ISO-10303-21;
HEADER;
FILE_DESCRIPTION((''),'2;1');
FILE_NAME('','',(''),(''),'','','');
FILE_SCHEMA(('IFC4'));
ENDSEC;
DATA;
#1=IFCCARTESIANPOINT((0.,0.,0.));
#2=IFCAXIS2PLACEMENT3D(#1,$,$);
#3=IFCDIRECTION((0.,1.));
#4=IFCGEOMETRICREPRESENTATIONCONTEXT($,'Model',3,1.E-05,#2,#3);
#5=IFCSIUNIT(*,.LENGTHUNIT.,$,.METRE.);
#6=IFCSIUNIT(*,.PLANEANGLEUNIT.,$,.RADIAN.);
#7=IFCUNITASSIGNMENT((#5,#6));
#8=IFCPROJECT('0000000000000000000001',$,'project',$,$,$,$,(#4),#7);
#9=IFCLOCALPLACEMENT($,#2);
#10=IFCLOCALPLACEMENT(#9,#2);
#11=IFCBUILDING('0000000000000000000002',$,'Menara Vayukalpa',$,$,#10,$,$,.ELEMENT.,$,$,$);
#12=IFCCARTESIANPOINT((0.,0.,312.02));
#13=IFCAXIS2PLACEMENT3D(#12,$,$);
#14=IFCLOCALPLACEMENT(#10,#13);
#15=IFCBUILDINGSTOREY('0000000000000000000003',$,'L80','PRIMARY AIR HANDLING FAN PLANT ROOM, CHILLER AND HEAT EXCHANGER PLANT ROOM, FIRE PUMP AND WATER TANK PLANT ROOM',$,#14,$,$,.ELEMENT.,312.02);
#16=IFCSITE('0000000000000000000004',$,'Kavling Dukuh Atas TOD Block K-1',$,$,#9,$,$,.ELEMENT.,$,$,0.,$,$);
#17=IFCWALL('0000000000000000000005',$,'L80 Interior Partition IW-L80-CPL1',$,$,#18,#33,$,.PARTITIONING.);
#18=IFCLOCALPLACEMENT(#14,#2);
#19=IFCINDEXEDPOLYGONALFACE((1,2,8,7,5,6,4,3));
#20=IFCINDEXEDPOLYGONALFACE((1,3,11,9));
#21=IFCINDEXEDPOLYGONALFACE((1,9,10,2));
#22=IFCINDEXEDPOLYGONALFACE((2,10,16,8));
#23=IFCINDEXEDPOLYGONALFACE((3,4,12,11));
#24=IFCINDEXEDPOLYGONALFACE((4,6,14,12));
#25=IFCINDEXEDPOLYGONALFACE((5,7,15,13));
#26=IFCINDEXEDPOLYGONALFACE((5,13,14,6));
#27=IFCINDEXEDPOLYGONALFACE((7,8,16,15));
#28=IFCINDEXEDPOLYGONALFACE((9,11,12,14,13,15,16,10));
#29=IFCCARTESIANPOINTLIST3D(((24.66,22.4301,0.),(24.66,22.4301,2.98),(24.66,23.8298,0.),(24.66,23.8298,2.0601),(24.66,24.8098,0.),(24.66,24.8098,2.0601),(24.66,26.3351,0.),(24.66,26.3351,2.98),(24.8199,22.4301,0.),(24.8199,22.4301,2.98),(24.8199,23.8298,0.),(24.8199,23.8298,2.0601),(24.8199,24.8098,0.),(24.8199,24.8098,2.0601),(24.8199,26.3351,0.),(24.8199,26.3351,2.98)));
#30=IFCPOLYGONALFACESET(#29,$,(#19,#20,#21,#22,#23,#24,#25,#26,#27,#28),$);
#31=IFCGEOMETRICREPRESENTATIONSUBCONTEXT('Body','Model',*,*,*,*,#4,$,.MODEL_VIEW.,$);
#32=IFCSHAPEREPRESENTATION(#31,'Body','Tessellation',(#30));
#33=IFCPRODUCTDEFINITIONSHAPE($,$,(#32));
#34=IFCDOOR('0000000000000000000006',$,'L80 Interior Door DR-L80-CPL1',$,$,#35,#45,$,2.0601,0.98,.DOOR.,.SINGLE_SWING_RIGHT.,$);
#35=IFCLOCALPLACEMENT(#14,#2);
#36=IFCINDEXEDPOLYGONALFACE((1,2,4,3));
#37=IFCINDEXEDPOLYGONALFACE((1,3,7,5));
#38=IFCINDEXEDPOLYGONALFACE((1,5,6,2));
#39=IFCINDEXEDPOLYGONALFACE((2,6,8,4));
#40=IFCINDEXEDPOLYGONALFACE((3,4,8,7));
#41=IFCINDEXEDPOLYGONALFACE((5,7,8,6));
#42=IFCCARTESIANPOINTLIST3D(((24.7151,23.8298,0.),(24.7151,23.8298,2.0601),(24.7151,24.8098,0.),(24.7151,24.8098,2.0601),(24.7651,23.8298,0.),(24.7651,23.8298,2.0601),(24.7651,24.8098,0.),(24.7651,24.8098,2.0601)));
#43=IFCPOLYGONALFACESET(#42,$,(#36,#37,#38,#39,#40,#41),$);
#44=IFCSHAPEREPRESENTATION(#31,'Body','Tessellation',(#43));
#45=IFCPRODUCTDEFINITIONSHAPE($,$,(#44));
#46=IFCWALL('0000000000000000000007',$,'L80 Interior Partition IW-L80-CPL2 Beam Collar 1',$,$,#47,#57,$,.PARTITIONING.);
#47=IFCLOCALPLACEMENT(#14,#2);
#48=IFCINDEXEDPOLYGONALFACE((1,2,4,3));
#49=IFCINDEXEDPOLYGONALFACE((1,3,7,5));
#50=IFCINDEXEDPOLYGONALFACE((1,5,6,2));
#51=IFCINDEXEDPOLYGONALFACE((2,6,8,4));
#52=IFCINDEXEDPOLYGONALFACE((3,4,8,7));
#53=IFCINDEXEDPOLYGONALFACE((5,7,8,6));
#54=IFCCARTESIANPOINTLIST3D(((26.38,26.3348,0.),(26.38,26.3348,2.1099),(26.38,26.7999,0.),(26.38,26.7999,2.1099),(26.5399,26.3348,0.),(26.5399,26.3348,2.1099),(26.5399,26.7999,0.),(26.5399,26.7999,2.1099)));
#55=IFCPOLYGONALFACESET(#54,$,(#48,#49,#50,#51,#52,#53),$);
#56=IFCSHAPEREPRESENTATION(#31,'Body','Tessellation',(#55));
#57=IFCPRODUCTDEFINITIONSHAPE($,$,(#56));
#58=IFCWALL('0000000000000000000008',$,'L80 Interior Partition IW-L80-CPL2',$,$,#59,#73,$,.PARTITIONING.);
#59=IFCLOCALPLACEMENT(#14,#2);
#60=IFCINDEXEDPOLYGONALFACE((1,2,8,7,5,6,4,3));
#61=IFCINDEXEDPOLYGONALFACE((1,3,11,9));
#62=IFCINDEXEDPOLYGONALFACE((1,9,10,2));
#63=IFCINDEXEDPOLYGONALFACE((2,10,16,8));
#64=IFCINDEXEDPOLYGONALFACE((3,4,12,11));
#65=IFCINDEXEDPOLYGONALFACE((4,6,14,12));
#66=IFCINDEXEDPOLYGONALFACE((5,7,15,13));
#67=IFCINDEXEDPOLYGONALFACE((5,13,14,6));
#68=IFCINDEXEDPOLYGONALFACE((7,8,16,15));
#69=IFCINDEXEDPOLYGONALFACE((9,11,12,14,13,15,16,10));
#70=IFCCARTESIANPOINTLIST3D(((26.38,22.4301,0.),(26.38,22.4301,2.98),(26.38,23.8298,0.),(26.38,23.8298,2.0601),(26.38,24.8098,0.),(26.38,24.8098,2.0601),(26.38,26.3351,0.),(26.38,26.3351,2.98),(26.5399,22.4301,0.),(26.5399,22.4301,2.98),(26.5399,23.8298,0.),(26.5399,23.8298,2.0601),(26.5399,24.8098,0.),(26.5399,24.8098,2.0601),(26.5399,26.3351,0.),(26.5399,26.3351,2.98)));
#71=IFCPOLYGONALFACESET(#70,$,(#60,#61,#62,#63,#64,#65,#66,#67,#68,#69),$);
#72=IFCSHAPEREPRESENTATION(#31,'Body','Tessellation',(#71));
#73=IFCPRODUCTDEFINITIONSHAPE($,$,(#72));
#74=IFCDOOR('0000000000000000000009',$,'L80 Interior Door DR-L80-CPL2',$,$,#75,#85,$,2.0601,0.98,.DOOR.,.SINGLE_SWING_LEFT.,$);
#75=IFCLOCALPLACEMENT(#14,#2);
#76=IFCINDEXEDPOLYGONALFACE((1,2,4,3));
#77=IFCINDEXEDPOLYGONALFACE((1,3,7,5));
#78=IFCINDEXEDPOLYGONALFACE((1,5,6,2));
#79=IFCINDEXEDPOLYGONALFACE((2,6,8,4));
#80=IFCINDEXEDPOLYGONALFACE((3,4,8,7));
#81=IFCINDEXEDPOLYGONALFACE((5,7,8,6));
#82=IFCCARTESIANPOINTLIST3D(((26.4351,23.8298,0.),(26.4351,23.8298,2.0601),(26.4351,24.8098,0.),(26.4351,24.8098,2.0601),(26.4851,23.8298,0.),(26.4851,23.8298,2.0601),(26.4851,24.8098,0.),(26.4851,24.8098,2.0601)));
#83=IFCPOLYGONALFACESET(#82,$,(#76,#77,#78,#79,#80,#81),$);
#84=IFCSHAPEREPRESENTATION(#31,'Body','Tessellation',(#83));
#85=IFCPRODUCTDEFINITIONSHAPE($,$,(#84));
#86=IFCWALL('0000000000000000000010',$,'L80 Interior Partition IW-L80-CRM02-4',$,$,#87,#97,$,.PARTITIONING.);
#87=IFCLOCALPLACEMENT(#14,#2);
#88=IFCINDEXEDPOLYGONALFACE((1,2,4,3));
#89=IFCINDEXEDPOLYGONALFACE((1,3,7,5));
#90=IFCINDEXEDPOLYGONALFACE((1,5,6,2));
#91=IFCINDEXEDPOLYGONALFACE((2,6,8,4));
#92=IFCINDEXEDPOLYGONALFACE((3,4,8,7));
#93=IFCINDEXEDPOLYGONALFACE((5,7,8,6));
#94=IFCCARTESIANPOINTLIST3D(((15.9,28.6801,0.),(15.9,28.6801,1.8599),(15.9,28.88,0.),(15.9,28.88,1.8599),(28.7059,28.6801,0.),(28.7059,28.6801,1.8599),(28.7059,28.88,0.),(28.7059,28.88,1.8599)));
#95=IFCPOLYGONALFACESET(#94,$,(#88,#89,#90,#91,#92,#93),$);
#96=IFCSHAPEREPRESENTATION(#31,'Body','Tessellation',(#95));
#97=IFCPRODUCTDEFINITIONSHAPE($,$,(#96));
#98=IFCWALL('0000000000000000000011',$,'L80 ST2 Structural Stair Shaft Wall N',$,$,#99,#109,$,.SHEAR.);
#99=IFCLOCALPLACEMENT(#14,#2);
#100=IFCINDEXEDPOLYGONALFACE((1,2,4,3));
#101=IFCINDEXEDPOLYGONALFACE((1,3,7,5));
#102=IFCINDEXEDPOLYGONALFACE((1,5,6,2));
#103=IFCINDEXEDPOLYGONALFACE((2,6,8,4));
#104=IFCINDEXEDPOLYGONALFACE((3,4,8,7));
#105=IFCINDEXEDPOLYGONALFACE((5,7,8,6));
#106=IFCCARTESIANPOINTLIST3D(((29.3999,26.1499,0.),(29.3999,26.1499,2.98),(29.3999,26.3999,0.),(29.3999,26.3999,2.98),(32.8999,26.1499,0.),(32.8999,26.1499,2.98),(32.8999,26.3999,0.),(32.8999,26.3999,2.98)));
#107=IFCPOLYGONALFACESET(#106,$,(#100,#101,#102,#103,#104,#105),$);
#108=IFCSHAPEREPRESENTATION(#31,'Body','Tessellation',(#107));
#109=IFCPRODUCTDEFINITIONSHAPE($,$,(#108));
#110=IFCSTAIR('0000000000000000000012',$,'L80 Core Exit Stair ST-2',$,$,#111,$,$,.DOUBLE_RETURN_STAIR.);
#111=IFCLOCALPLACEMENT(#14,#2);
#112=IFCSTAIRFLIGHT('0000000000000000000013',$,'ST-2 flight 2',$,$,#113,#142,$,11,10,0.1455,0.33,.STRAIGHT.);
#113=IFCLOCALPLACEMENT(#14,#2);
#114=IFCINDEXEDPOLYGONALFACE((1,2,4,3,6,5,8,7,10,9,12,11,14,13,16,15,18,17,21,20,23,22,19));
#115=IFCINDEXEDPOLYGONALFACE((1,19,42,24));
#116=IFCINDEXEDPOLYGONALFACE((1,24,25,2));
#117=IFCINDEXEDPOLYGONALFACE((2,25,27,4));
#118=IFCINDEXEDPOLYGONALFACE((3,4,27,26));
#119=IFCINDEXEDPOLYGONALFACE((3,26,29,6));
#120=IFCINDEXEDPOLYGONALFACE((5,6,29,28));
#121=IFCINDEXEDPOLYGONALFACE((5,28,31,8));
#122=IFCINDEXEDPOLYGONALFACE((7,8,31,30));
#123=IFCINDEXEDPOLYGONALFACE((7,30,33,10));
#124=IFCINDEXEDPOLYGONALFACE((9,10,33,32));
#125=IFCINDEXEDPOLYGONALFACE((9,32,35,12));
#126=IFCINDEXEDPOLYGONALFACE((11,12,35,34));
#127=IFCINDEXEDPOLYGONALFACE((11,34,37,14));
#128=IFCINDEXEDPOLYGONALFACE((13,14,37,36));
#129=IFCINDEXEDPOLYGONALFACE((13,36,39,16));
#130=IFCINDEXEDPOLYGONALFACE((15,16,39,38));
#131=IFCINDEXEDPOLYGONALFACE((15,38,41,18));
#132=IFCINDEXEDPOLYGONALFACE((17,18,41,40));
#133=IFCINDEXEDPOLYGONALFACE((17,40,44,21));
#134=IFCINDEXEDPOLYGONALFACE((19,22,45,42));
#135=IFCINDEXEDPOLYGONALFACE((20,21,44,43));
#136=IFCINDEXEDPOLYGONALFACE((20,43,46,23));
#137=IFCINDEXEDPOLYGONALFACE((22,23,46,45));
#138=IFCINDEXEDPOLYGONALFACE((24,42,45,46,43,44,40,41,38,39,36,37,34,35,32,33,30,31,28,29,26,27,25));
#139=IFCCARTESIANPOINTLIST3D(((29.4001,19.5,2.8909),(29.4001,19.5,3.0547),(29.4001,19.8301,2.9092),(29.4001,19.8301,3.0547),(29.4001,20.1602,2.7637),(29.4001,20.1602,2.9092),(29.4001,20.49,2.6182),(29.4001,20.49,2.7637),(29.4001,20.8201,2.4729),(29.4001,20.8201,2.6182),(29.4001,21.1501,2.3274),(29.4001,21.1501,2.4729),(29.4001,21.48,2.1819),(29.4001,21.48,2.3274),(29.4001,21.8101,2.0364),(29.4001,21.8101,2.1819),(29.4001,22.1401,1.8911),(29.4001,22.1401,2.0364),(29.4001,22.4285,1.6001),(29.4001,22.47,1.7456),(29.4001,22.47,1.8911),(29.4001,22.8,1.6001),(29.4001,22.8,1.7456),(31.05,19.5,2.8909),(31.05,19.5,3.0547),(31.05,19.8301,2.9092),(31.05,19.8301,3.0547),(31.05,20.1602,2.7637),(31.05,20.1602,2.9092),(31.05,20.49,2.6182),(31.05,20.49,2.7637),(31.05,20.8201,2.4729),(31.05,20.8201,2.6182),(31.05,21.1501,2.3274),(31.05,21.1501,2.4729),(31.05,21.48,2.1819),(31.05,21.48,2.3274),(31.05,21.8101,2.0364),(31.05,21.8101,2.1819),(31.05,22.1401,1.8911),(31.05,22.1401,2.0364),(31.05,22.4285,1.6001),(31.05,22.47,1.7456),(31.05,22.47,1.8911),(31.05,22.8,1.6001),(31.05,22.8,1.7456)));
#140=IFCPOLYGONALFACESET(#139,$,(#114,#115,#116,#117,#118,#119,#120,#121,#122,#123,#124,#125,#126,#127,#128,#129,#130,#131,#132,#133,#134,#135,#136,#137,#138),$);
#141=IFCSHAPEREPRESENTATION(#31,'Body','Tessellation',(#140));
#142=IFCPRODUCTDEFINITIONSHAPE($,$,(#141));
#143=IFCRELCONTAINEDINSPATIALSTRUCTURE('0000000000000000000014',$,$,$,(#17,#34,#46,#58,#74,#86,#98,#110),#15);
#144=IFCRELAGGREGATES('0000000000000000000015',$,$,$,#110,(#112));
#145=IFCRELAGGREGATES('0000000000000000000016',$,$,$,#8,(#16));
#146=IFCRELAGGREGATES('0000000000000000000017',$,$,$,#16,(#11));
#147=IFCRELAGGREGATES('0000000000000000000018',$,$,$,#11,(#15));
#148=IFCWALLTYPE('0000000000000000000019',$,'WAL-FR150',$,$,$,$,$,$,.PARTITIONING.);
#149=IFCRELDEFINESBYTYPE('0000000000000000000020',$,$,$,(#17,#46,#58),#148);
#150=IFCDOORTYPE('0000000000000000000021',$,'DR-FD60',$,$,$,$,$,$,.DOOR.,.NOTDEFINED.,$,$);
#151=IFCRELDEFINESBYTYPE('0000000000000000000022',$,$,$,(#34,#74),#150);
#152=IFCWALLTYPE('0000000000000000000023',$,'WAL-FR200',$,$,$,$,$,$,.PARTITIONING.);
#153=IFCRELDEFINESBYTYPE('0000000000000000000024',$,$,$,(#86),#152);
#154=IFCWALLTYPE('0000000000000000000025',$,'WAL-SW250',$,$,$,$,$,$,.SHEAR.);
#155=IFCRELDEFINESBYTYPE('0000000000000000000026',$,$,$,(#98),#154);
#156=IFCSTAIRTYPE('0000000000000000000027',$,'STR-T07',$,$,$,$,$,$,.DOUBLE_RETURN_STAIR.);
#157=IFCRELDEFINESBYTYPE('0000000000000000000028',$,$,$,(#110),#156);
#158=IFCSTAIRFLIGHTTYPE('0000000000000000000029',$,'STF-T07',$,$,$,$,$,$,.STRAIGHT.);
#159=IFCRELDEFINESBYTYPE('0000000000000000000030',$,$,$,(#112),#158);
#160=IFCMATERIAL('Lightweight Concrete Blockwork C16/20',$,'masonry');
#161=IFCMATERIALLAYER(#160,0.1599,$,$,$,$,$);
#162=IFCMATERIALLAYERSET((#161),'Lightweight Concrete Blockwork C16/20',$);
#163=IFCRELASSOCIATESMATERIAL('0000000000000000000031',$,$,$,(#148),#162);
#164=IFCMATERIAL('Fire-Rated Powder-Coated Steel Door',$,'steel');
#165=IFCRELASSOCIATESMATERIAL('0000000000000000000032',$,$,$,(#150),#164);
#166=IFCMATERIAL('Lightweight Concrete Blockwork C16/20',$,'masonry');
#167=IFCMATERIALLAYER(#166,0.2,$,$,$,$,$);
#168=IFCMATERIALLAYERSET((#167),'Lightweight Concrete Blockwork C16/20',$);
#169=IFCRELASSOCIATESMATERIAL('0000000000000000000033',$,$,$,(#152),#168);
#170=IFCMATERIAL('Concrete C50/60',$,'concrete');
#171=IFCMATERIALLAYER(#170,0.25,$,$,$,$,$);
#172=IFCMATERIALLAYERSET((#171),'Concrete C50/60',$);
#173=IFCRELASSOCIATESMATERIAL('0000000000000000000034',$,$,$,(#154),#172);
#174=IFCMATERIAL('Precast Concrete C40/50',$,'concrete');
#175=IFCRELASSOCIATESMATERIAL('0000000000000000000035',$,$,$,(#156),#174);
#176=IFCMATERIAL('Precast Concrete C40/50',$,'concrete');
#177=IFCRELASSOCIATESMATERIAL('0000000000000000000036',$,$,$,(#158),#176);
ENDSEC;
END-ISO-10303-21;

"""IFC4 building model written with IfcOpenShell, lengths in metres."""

from ifc_helpers import new_model, si_unit, direction, frame, frame_2d, origin, place, context, subcontext, project, spatial, polyline, rectangle, outline, extrude, material, layer, layer_set, type_object, element, fill, aggregate, save


model = new_model("IFC4")

# Units and contexts
model_context = context("Model", 3, precision=1e-05, world=origin(), true_north=direction((0.0, 1.0)))
body_context = subcontext(model_context, "Body", "Model", "MODEL_VIEW")
ifc_project = project(units=[si_unit("LENGTHUNIT", "METRE"), si_unit("PLANEANGLEUNIT", "RADIAN")], contexts=[model_context])

# Site, building, storey
site_placement = place(None, origin())
site = spatial("IfcSite", under=ifc_project, at=site_placement, Name="Kavling Dukuh Atas TOD Block K-1", CompositionType="ELEMENT", RefElevation=0.0)
building_placement = place(site_placement, origin())
building = spatial("IfcBuilding", under=site, at=building_placement, Name="Menara Vayukalpa", CompositionType="ELEMENT")
storey_placement = place(building_placement, frame((0.0, 0.0, 312.02)))
storey = spatial("IfcBuildingStorey", under=building, at=storey_placement, Name="L80", Description="PRIMARY AIR HANDLING FAN PLANT ROOM, CHILLER AND HEAT EXCHANGER PLANT ROOM, FIRE PUMP AND WATER TANK PLANT ROOM", CompositionType="ELEMENT", Elevation=312.02)

# Shared definitions
ifc_material_1 = material(Name="Lightweight Concrete Blockwork C16/20", Category="masonry")
ifc_layer_1 = layer(ifc_material_1, 0.1599)
ifc_layer_set_1 = layer_set([ifc_layer_1], Name="Lightweight Concrete Blockwork C16/20")
wall_type_1 = type_object("IfcWallType", Name="WAL-FR150", PredefinedType="PARTITIONING", material=ifc_layer_set_1)

# Wall, opening, door
wall_1_placement = place(storey_placement, frame((24.74, 22.4299, 0.0), z_axis=(0.0, 0.0, 1.0), x_axis=(0.0, 1.0, 0.0)))
wall_1 = element("IfcWall", 1, at=wall_1_placement, inside=storey, type_object=wall_type_1, Name="L80 Interior Partition IW-L80-CPL1", PredefinedType="PARTITIONING", context=body_context, shape_type="SweptSolid", body=[
    extrude(rectangle(XDim=3.905, YDim=0.1599, at=frame_2d((1.9526, 0.0))), origin(), (0.0, 0.0, 1.0), 2.98),
])
opening_1_placement = place(wall_1_placement, frame((1.3999, 0.0, 0.0)))
opening_1 = element("IfcOpeningElement", 2, at=opening_1_placement, cuts=wall_1, PredefinedType="OPENING", context=body_context, shape_type="SweptSolid", body=[
    extrude(rectangle(XDim=0.98, YDim=2.0601, at=frame_2d((0.49, 1.03))), frame((0.0, 0.0898, 0.0), z_axis=(0.0, -1.0, 0.0), x_axis=(1.0, 0.0, 0.0)), (0.0, 0.0, 1.0), 0.1799),
])
ifc_material_2 = material(Name="Fire-Rated Powder-Coated Steel Door", Category="steel")
door_type = type_object("IfcDoorType", Name="DR-FD60", OperationType="NOTDEFINED", PredefinedType="DOOR", material=ifc_material_2)
door_1_placement = place(opening_1_placement, origin())
door_1 = element("IfcDoor", 3, at=door_1_placement, inside=storey, type_object=door_type, Name="L80 Interior Door DR-L80-CPL1", OperationType="SINGLE_SWING_RIGHT", OverallHeight=2.0601, OverallWidth=0.98, PredefinedType="DOOR", context=body_context, shape_type="SweptSolid", body=[
    extrude(rectangle(XDim=0.98, YDim=2.0601, at=frame_2d((0.49, 1.03))), frame((0.0, 0.0249, 0.0), z_axis=(0.0, -1.0, 0.0), x_axis=(1.0, 0.0, 0.0)), (0.0, 0.0, 1.0), 0.05),
])
fill(opening_1, door_1)

# Wall
wall_2_placement = place(storey_placement, frame((26.46, 26.335, 0.0), z_axis=(0.0, 0.0, 1.0), x_axis=(0.0, 1.0, 0.0)))
element("IfcWall", 4, at=wall_2_placement, inside=storey, type_object=wall_type_1, Name="L80 Interior Partition IW-L80-CPL2 Beam Collar 1", PredefinedType="PARTITIONING", context=body_context, shape_type="SweptSolid", body=[
    extrude(rectangle(XDim=0.4651, YDim=0.1599, at=frame_2d((0.2324, 0.0))), origin(), (0.0, 0.0, 1.0), 2.1099),
])

# Wall, opening, door
wall_3_placement = place(storey_placement, frame((26.46, 22.4299, 0.0), z_axis=(0.0, 0.0, 1.0), x_axis=(0.0, 1.0, 0.0)))
wall_3 = element("IfcWall", 5, at=wall_3_placement, inside=storey, type_object=wall_type_1, Name="L80 Interior Partition IW-L80-CPL2", PredefinedType="PARTITIONING", context=body_context, shape_type="SweptSolid", body=[
    extrude(rectangle(XDim=3.905, YDim=0.1599, at=frame_2d((1.9526, 0.0))), origin(), (0.0, 0.0, 1.0), 2.98),
])
opening_2_placement = place(wall_3_placement, frame((1.3999, 0.0, 0.0)))
opening_2 = element("IfcOpeningElement", 6, at=opening_2_placement, cuts=wall_3, PredefinedType="OPENING", context=body_context, shape_type="SweptSolid", body=[
    extrude(rectangle(XDim=0.98, YDim=2.0601, at=frame_2d((0.49, 1.03))), frame((0.0, 0.0898, 0.0), z_axis=(0.0, -1.0, 0.0), x_axis=(1.0, 0.0, 0.0)), (0.0, 0.0, 1.0), 0.1799),
])
door_2_placement = place(opening_2_placement, origin())
door_2 = element("IfcDoor", 7, at=door_2_placement, inside=storey, type_object=door_type, Name="L80 Interior Door DR-L80-CPL2", OperationType="SINGLE_SWING_LEFT", OverallHeight=2.0601, OverallWidth=0.98, PredefinedType="DOOR", context=body_context, shape_type="SweptSolid", body=[
    extrude(rectangle(XDim=0.98, YDim=2.0601, at=frame_2d((0.49, 1.03))), frame((0.0, 0.0249, 0.0), z_axis=(0.0, -1.0, 0.0), x_axis=(1.0, 0.0, 0.0)), (0.0, 0.0, 1.0), 0.05),
])
fill(opening_2, door_2)

# Walls
ifc_material_3 = material(Name="Lightweight Concrete Blockwork C16/20", Category="masonry")
ifc_layer_2 = layer(ifc_material_3, 0.2)
ifc_layer_set_2 = layer_set([ifc_layer_2], Name="Lightweight Concrete Blockwork C16/20")
wall_type_2 = type_object("IfcWallType", Name="WAL-FR200", PredefinedType="PARTITIONING", material=ifc_layer_set_2)
wall_4_placement = place(storey_placement, frame((28.7058, 28.78, 0.0), z_axis=(0.0, 0.0, 1.0), x_axis=(-1.0, 0.0, 0.0)))
element("IfcWall", 8, at=wall_4_placement, inside=storey, type_object=wall_type_2, Name="L80 Interior Partition IW-L80-CRM02-4", PredefinedType="PARTITIONING", context=body_context, shape_type="SweptSolid", body=[
    extrude(rectangle(XDim=12.8059, YDim=0.2, at=frame_2d((6.4028, 0.0))), origin(), (0.0, 0.0, 1.0), 1.8599),
])
ifc_material_4 = material(Name="Concrete C50/60", Category="concrete")
ifc_layer_3 = layer(ifc_material_4, 0.25)
ifc_layer_set_3 = layer_set([ifc_layer_3], Name="Concrete C50/60")
wall_type_3 = type_object("IfcWallType", Name="WAL-SW250", PredefinedType="SHEAR", material=ifc_layer_set_3)
wall_5_placement = place(storey_placement, frame((29.3999, 26.2749, 0.0), z_axis=(0.0, 0.0, 1.0), x_axis=(1.0, 0.0, 0.0)))
element("IfcWall", 9, at=wall_5_placement, inside=storey, type_object=wall_type_3, Name="L80 ST2 Structural Stair Shaft Wall N", PredefinedType="SHEAR", context=body_context, shape_type="SweptSolid", body=[
    extrude(rectangle(XDim=3.5, YDim=0.25, at=frame_2d((1.75, 0.0))), origin(), (0.0, 0.0, 1.0), 2.98),
])

# Stair, stair flight
ifc_material_5 = material(Name="Precast Concrete C40/50", Category="concrete")
stair_type = type_object("IfcStairType", Name="STR-T07", PredefinedType="DOUBLE_RETURN_STAIR", material=ifc_material_5)
stair_placement = place(storey_placement, origin())
stair = element("IfcStair", 10, at=stair_placement, inside=storey, type_object=stair_type, Name="L80 Core Exit Stair ST-2", PredefinedType="DOUBLE_RETURN_STAIR")
ifc_material_6 = material(Name="Precast Concrete C40/50", Category="concrete")
stair_flight_type = type_object("IfcStairFlightType", Name="STF-T07", PredefinedType="STRAIGHT", material=ifc_material_6)
stair_flight_placement = place(storey_placement, frame((30.2251, 22.8, 1.6001), z_axis=(0.0, 0.0, 1.0), x_axis=(0.0, -1.0, 0.0)))
stair_flight = element("IfcStairFlight", 11, at=stair_flight_placement, type_object=stair_flight_type, Name="ST-2 flight 2", NumberOfRisers=11, NumberOfTreads=10, PredefinedType="STRAIGHT", RiserHeight=0.1455, TreadLength=0.33, context=body_context, shape_type="SweptSolid", body=[
    extrude(outline(polyline([(0.0, 0.0), (0.0, 0.1455), (0.3301, 0.1455), (0.3301, 0.291), (0.6599, 0.291), (0.6599, 0.4363), (0.99, 0.4363), (0.99, 0.5818), (1.3201, 0.5818), (1.3201, 0.7273), (1.6499, 0.7273), (1.6499, 0.8728), (1.98, 0.8728), (1.98, 1.0181), (2.3101, 1.0181), (2.3101, 1.1636), (2.6399, 1.1636), (2.6399, 1.3091), (2.97, 1.3091), (2.97, 1.4546), (3.3, 1.4546), (3.3, 1.6001), (3.3, 1.2908), (0.3716, 0.0), (0.0, 0.0)])), frame((0.0, 0.825, 0.0), z_axis=(0.0, -1.0, 0.0), x_axis=(1.0, 0.0, 0.0)), (0.0, 0.0, 1.0), 1.6499),
])
aggregate(stair, [stair_flight])

save(model, "model.ifc")
